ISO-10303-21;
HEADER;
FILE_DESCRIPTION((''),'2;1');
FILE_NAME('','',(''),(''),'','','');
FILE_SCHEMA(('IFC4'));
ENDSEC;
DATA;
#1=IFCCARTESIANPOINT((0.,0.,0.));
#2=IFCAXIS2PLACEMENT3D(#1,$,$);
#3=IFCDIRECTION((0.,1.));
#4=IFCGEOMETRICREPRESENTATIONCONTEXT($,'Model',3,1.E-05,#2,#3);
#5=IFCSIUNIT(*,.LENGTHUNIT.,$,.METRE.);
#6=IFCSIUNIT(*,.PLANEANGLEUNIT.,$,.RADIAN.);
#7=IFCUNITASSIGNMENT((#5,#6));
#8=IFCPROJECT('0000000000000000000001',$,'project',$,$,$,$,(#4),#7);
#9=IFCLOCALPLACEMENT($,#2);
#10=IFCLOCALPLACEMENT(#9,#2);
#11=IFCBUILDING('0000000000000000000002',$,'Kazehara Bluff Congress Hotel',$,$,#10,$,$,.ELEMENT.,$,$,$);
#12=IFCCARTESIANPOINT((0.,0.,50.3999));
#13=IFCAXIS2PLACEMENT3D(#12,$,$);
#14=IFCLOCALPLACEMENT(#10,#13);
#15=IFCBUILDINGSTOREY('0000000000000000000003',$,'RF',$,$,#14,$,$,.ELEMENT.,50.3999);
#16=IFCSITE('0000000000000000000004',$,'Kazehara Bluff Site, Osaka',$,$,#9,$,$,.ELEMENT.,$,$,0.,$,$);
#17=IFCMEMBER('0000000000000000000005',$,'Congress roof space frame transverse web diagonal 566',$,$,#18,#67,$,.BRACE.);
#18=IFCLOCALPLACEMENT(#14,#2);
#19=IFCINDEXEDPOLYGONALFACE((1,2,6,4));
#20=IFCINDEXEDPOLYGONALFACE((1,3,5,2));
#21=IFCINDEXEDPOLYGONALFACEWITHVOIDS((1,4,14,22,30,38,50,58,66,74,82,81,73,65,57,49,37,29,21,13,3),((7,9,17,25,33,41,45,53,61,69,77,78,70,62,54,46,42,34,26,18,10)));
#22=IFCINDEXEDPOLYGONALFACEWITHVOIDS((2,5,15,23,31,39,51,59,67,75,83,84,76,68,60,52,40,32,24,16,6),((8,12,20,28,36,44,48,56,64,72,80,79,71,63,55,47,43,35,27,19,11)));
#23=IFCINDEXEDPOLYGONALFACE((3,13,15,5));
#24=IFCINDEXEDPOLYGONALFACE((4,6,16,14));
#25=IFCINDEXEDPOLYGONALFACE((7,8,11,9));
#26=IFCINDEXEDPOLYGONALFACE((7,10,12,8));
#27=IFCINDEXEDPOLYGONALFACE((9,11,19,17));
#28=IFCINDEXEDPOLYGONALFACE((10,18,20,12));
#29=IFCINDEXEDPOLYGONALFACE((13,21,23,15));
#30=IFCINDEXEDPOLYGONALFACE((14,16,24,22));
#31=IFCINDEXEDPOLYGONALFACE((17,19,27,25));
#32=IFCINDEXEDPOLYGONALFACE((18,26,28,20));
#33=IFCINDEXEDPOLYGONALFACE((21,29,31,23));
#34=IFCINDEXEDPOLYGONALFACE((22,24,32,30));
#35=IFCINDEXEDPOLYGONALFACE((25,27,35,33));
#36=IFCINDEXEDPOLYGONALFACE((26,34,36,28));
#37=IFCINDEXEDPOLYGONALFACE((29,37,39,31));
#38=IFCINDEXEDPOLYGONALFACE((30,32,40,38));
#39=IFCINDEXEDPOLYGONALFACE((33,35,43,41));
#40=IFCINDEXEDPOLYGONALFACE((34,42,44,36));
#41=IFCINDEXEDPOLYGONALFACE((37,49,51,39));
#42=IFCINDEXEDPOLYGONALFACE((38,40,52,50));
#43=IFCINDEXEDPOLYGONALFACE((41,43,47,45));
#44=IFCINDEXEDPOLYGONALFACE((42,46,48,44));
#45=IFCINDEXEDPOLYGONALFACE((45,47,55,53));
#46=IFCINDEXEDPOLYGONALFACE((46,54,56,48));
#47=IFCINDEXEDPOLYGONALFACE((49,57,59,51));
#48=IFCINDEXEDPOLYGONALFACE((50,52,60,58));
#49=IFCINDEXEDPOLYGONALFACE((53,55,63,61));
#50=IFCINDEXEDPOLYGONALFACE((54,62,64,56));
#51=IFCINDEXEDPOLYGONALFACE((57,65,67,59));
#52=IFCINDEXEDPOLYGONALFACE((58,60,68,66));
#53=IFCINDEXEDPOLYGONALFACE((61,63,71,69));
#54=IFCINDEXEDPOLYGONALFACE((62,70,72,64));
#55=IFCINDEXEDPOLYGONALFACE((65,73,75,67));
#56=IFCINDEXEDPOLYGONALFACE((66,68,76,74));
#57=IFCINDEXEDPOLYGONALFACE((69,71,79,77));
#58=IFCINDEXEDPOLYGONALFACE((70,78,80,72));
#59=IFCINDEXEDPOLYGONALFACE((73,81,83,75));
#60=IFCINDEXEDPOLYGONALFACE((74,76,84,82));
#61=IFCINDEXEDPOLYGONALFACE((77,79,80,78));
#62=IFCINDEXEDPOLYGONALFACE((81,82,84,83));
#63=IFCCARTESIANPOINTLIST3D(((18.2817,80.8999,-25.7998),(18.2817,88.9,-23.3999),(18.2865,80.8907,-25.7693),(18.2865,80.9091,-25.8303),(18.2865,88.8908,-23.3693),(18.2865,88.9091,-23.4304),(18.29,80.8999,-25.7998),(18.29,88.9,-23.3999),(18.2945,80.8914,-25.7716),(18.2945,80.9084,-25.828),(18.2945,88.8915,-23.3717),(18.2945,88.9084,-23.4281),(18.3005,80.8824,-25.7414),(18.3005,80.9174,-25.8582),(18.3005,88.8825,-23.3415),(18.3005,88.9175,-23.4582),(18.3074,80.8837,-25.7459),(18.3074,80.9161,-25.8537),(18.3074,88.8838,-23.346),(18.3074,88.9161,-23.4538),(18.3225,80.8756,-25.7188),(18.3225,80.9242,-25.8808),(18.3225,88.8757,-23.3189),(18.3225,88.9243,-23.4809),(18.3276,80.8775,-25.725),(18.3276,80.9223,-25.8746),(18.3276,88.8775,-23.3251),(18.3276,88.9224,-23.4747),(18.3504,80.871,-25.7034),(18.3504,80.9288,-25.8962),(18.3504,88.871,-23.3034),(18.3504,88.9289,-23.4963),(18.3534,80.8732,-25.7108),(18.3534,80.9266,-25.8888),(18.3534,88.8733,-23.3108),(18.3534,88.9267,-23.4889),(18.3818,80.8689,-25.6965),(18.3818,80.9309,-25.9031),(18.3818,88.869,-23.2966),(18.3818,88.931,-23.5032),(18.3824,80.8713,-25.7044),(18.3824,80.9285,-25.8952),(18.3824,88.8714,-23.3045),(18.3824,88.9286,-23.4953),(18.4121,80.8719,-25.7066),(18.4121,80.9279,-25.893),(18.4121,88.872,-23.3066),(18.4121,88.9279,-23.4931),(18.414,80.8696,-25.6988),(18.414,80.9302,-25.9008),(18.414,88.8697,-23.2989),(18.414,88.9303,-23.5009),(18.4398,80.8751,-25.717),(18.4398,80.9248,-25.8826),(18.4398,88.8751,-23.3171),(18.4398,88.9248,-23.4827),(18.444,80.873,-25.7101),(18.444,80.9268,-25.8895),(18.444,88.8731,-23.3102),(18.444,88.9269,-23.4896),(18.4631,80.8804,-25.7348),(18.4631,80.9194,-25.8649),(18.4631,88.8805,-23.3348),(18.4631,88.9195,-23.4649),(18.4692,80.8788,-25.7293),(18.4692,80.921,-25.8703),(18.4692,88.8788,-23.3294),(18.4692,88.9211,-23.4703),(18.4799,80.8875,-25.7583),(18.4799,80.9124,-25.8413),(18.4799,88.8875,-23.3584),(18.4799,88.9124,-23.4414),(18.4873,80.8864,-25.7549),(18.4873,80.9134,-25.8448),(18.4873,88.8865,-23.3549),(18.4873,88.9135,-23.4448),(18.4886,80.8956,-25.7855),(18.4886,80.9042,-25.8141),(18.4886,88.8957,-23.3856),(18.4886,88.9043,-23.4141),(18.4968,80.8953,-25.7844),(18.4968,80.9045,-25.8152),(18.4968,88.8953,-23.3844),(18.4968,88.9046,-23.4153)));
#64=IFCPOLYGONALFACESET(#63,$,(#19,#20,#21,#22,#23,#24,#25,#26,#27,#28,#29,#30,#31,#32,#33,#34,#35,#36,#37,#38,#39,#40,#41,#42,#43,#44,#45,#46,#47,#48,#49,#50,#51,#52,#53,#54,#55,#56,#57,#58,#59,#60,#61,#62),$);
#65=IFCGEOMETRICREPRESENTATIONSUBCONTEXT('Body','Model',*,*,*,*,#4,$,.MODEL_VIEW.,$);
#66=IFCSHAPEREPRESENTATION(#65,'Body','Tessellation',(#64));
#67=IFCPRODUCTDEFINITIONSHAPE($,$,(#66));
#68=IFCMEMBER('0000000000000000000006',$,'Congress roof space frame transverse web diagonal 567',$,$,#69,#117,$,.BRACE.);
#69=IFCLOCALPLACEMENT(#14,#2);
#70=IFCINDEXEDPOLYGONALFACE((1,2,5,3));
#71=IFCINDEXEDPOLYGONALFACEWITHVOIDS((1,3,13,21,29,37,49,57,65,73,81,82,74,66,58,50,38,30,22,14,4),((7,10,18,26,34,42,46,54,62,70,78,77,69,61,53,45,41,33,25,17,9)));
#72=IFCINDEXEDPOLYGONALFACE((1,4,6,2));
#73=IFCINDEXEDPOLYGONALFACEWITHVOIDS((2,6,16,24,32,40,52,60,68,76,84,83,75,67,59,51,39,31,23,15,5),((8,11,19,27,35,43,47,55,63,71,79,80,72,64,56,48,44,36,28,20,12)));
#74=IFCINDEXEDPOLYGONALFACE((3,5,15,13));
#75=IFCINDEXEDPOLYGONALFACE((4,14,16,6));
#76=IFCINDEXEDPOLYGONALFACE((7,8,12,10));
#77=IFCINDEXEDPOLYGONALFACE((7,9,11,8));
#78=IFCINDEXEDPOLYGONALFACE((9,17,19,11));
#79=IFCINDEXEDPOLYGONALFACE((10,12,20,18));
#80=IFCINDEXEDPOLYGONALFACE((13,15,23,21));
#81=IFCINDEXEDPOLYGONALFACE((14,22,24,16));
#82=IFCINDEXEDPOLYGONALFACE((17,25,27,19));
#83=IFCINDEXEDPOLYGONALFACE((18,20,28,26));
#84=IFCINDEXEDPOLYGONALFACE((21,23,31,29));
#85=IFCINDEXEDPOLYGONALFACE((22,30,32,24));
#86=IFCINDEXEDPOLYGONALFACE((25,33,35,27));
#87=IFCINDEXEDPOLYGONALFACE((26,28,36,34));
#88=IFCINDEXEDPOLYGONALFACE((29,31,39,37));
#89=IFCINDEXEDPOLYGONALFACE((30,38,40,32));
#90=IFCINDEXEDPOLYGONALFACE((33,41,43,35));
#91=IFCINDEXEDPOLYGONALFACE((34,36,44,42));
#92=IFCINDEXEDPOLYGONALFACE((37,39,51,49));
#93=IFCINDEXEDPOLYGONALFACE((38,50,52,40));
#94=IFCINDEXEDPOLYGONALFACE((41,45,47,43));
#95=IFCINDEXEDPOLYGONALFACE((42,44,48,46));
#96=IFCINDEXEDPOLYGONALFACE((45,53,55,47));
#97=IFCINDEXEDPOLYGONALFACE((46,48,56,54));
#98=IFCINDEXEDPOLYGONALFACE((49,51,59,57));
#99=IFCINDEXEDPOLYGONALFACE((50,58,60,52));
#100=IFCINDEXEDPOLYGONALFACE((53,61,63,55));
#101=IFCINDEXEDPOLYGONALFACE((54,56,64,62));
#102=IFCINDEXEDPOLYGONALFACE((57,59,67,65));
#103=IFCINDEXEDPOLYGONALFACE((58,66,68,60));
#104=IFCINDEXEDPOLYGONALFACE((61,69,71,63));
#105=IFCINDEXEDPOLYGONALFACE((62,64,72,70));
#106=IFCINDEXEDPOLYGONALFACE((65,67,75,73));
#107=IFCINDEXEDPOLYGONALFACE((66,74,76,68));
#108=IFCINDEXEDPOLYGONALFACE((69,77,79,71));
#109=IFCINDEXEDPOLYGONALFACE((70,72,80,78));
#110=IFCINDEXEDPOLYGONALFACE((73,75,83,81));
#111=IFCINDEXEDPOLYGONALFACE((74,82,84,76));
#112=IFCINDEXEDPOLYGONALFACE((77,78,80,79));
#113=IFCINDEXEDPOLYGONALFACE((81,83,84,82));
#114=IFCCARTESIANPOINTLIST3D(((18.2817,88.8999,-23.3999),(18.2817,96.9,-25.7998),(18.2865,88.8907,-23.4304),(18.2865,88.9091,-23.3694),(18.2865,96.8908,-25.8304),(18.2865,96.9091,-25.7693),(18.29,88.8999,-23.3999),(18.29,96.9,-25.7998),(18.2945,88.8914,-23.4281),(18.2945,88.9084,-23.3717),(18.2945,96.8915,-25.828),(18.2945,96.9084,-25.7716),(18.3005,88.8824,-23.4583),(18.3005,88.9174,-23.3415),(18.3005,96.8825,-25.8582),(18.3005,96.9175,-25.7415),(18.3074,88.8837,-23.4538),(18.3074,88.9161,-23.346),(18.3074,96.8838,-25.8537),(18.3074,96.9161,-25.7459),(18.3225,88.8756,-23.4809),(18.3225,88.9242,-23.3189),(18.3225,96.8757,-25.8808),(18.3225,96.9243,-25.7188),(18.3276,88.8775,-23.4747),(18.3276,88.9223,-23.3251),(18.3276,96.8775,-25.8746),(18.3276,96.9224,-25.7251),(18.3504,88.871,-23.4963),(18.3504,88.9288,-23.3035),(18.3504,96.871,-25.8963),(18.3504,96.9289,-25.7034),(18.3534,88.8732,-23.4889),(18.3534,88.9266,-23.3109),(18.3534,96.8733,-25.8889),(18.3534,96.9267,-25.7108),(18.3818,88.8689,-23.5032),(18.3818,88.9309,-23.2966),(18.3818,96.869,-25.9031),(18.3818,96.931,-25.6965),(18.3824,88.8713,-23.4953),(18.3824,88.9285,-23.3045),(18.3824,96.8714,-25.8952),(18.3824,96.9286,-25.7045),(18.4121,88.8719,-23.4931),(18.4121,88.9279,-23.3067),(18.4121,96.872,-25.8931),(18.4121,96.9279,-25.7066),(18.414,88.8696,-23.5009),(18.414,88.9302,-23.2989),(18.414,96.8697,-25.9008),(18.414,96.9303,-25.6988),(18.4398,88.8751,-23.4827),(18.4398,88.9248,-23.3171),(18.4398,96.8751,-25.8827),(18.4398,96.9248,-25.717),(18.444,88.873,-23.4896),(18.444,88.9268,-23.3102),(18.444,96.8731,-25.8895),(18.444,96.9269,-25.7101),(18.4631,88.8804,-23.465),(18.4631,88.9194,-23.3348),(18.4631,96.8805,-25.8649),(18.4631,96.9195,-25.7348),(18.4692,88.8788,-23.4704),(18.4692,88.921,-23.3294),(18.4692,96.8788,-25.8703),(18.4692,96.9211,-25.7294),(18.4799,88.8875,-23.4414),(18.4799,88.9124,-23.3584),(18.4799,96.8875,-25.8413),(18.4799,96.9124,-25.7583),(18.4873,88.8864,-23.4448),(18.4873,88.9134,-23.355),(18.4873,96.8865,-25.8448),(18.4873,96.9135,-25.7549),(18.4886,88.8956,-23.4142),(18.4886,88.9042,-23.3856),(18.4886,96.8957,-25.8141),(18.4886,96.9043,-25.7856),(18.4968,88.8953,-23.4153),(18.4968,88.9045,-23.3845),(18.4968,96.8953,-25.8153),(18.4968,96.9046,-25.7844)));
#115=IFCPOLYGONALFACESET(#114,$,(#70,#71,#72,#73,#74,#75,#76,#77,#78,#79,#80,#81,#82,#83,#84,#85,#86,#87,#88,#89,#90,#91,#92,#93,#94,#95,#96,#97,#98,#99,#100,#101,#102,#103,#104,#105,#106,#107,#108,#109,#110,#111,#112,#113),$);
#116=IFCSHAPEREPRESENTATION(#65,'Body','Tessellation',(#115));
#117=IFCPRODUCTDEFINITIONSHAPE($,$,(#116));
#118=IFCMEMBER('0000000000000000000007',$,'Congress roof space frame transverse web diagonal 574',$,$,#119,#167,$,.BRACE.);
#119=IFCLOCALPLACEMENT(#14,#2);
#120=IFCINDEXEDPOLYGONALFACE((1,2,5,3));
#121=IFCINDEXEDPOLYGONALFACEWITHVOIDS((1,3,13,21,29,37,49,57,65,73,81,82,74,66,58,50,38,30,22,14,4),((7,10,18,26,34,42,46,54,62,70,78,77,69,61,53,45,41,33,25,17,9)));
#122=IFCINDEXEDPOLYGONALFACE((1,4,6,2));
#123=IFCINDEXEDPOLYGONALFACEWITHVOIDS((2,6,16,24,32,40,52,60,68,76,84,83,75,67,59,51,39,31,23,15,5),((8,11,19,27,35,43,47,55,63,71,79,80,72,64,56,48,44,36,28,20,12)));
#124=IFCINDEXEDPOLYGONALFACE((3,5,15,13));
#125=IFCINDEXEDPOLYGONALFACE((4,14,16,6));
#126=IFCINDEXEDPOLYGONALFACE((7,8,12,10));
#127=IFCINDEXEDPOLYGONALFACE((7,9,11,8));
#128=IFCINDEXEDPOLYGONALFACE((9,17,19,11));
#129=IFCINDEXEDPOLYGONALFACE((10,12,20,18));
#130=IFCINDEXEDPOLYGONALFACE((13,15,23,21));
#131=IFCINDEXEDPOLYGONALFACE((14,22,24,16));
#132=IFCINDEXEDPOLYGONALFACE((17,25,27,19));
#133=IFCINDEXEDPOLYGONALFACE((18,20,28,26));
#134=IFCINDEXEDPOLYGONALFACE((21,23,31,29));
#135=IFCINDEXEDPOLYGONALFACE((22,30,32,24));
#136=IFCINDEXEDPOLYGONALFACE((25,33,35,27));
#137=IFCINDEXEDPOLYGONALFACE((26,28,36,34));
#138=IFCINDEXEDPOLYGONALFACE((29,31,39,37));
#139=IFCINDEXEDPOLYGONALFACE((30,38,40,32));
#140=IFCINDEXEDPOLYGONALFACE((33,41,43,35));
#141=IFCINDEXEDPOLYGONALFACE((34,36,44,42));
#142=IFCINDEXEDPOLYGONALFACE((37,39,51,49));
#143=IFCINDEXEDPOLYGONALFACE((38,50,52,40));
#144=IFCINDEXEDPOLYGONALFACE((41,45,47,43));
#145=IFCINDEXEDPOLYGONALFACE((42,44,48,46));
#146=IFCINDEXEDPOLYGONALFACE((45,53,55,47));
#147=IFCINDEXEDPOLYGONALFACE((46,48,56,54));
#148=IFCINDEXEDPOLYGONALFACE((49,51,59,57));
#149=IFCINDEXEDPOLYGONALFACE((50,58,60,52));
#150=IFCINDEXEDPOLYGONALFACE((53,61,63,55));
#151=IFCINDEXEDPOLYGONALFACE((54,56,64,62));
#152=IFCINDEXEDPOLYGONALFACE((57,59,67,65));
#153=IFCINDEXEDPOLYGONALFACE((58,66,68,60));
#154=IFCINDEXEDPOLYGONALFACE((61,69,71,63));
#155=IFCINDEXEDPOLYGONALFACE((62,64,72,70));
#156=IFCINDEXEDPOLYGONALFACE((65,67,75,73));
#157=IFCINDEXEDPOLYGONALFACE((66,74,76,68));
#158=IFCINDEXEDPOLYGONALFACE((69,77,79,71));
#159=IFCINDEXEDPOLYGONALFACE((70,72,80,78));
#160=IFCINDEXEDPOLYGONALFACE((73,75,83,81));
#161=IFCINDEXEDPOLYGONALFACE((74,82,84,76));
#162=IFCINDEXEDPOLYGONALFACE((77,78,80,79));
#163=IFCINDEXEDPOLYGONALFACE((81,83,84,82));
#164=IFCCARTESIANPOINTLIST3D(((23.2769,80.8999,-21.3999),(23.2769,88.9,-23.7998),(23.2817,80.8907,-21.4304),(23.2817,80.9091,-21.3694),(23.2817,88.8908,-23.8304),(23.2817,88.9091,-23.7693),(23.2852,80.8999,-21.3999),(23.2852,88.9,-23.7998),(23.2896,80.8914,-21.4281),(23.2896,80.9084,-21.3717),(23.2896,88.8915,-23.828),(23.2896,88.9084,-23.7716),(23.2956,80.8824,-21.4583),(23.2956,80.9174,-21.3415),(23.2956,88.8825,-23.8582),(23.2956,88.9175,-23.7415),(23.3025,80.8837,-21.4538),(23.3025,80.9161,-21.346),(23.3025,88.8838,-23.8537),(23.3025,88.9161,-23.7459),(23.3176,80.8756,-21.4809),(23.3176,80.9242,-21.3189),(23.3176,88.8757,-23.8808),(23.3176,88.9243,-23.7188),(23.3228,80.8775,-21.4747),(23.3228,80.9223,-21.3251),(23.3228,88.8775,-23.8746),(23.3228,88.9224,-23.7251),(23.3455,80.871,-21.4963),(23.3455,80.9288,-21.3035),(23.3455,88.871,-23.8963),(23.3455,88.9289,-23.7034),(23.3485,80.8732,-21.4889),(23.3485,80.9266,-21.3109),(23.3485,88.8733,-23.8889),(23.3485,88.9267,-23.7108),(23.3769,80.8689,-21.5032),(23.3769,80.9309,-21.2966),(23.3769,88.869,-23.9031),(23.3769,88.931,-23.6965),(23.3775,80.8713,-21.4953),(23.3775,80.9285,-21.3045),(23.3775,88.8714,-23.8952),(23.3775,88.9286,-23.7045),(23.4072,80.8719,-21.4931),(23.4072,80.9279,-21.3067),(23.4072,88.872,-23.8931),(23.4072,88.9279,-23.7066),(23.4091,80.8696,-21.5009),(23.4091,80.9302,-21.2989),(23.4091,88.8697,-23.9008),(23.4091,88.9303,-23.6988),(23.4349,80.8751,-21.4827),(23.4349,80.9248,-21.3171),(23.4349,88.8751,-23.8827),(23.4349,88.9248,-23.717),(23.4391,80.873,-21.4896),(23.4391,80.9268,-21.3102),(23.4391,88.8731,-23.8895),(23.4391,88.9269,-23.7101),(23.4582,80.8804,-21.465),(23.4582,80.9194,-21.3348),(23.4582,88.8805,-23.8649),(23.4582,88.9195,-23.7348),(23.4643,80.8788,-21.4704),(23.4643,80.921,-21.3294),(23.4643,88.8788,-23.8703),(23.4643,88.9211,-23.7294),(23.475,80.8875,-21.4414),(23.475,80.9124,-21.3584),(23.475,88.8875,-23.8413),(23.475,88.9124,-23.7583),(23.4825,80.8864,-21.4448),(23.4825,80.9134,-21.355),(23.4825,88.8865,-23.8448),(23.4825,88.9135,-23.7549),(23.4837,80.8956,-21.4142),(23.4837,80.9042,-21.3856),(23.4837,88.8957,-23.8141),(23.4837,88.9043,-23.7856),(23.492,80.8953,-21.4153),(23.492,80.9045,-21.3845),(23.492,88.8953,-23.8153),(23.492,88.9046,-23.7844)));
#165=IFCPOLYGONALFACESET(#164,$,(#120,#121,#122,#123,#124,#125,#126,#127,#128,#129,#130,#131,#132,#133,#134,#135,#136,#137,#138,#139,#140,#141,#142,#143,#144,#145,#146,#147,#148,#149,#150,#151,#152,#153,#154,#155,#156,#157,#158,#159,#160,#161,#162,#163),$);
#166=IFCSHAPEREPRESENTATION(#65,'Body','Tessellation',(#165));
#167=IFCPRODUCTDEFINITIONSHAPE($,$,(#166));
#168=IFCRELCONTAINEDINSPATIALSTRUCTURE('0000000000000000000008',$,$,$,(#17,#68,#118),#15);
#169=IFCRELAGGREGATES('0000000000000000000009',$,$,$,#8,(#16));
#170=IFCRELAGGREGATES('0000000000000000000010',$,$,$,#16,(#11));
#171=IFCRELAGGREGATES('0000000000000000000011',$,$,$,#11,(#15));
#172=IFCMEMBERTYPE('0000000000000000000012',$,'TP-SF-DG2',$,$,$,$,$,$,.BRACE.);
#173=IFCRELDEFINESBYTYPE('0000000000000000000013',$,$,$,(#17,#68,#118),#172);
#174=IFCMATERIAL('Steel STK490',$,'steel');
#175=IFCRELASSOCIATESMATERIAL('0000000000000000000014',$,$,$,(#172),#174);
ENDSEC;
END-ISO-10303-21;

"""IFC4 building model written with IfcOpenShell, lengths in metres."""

from ifc_helpers import new_model, si_unit, direction, frame, origin, origin_2d, place, context, subcontext, project, spatial, hollow_circle, extrude, material, material_profile, profile_set, type_object, element, save


model = new_model("IFC4")

# Units and contexts
model_context = context("Model", 3, precision=1e-05, world=origin(), true_north=direction((0.0, 1.0)))
body_context = subcontext(model_context, "Body", "Model", "MODEL_VIEW")
ifc_project = project(units=[si_unit("LENGTHUNIT", "METRE"), si_unit("PLANEANGLEUNIT", "RADIAN")], contexts=[model_context])

# Site, building, storey
site_placement = place(None, origin())
site = spatial("IfcSite", under=ifc_project, at=site_placement, Name="Kazehara Bluff Site, Osaka", CompositionType="ELEMENT", RefElevation=0.0)
building_placement = place(site_placement, origin())
building = spatial("IfcBuilding", under=site, at=building_placement, Name="Kazehara Bluff Congress Hotel", CompositionType="ELEMENT")
storey_placement = place(building_placement, frame((0.0, 0.0, 50.3999)))
storey = spatial("IfcBuildingStorey", under=building, at=storey_placement, Name="RF", CompositionType="ELEMENT", Elevation=50.3999)

# Members
ifc_material_1 = material(Name="Steel STK490", Category="steel")
ifc_material_profile_1 = material_profile(ifc_material_1, hollow_circle(Radius=0.1082, WallThickness=0.0083, at=origin_2d()))
ifc_profile_set_1 = profile_set([ifc_material_profile_1], Name="Steel STK490")
member_type_1 = type_object("IfcMemberType", Name="TP-SF-DG2", PredefinedType="BRACE", material=ifc_profile_set_1)
for number, where, z_axis, x_axis, name in (
    (1, (18.3899, 80.8999, -25.7998), (0.0, 0.95783, 0.287337), (-1.0, 0.0, 0.0), "Congress roof space frame transverse web diagonal 566"),
    (2, (18.3899, 88.8999, -23.3999), (0.0, 0.95783, -0.287337), (-1.0, 0.0, 0.0), "Congress roof space frame transverse web diagonal 567"),
    (3, (23.385, 80.8999, -21.3999), (0.0, 0.95783, -0.287337), (-1.0, 0.0, 0.0), "Congress roof space frame transverse web diagonal 574"),
):
    element("IfcMember", number, at=place(storey_placement, frame(where, z_axis=z_axis, x_axis=x_axis)), inside=storey, type_object=member_type_1, Name=name, PredefinedType="BRACE", context=body_context, shape_type="SweptSolid", body=[
        extrude(hollow_circle(Radius=0.1082, WallThickness=0.0083, at=origin_2d()), origin(), (0.0, 0.0, 1.0), 8.3523),
    ])

save(model, "model.ifc")
